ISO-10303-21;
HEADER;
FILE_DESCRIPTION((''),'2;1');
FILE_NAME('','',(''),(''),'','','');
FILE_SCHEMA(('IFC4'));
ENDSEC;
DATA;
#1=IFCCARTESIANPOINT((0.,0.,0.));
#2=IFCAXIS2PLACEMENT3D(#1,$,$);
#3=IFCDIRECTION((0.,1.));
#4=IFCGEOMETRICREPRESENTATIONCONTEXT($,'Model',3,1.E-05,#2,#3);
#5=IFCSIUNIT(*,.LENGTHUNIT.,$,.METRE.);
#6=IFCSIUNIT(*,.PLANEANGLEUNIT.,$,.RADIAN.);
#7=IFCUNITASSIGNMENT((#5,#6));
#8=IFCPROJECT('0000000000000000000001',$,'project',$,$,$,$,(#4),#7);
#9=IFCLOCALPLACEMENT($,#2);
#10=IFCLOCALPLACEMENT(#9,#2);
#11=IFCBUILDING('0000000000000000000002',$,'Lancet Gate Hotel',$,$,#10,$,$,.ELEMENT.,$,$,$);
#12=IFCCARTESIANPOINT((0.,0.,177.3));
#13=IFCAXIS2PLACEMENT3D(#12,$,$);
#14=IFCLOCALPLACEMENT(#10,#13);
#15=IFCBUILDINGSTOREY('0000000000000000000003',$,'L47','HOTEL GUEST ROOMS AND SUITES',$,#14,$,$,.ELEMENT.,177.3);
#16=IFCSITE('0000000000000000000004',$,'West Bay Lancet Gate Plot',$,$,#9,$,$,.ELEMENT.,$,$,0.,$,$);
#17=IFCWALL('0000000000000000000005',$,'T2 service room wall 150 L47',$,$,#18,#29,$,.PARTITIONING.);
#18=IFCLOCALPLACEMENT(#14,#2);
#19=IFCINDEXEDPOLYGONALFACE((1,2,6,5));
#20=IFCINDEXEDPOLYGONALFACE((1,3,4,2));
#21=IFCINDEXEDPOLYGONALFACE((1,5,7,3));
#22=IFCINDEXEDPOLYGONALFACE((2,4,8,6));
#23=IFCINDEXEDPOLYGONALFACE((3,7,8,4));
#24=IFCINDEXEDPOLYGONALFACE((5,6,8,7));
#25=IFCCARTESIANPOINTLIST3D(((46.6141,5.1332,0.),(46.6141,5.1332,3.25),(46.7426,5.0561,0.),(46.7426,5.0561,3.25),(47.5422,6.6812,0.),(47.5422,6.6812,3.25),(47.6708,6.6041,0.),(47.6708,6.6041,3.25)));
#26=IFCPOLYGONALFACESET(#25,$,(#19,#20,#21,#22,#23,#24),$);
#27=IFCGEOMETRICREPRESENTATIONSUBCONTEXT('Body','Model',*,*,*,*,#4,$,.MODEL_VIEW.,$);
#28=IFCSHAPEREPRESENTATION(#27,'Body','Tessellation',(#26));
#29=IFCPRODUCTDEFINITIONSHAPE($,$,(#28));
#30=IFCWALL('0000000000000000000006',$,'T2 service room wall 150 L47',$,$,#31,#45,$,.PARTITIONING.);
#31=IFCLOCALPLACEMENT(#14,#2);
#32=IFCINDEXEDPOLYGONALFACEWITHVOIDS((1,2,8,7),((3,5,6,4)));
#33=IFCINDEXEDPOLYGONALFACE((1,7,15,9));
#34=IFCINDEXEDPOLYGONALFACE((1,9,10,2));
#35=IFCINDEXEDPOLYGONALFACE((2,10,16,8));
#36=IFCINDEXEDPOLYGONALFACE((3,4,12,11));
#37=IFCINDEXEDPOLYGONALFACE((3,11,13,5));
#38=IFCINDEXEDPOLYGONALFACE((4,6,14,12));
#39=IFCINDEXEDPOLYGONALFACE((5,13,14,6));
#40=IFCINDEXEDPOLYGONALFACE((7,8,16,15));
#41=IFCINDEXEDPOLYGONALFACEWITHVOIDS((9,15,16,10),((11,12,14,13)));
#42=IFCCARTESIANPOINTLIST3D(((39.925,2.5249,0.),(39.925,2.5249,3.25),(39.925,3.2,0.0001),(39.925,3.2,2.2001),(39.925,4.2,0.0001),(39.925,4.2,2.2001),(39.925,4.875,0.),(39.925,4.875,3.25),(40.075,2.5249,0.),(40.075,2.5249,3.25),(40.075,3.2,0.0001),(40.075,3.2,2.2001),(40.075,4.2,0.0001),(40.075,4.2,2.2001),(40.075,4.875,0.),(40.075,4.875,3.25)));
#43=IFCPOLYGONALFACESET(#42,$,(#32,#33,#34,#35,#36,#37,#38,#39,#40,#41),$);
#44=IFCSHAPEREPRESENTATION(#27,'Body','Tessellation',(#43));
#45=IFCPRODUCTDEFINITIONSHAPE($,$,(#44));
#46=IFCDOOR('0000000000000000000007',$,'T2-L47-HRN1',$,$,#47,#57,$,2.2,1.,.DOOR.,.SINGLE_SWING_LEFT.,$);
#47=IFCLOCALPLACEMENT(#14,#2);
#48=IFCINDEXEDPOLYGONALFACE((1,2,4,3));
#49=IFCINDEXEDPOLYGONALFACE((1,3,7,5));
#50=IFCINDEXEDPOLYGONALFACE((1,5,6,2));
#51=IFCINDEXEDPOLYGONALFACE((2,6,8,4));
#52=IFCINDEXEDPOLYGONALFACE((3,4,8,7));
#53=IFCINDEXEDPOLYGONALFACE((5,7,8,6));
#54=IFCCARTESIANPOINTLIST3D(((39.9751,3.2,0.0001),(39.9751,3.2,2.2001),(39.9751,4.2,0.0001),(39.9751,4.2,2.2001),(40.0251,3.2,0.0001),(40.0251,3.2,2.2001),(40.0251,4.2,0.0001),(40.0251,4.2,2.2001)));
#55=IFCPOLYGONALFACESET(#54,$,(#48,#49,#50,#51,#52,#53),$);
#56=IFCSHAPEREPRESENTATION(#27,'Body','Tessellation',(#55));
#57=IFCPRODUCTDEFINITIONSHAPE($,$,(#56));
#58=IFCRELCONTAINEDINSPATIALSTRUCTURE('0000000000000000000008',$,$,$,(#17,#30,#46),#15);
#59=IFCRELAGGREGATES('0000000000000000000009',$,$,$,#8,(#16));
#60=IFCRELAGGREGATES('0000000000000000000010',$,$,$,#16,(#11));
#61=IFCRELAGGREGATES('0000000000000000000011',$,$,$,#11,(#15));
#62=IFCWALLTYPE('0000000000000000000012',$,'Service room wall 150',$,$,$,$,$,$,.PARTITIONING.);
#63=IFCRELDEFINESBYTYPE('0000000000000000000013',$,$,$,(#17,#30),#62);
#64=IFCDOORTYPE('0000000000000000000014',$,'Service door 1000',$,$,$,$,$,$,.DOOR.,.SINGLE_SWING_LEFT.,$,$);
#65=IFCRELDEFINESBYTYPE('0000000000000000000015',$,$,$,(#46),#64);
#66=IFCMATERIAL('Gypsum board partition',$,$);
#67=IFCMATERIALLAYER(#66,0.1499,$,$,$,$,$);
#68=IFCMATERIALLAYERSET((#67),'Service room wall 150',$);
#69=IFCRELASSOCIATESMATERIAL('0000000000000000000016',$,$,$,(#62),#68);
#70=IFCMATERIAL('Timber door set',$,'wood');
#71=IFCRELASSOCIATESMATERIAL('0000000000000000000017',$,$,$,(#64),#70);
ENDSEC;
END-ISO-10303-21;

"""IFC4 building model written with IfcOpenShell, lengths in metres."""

from ifc_helpers import new_model, si_unit, direction, frame, frame_2d, origin, place, context, subcontext, project, spatial, rectangle, extrude, material, layer, layer_set, type_object, element, fill, save


model = new_model("IFC4")

# Units and contexts
model_context = context("Model", 3, precision=1e-05, world=origin(), true_north=direction((0.0, 1.0)))
body_context = subcontext(model_context, "Body", "Model", "MODEL_VIEW")
ifc_project = project(units=[si_unit("LENGTHUNIT", "METRE"), si_unit("PLANEANGLEUNIT", "RADIAN")], contexts=[model_context])

# Site, building, storey
site_placement = place(None, origin())
site = spatial("IfcSite", under=ifc_project, at=site_placement, Name="West Bay Lancet Gate Plot", CompositionType="ELEMENT", RefElevation=0.0)
building_placement = place(site_placement, origin())
building = spatial("IfcBuilding", under=site, at=building_placement, Name="Lancet Gate Hotel", CompositionType="ELEMENT")
storey_placement = place(building_placement, frame((0.0, 0.0, 177.3)))
storey = spatial("IfcBuildingStorey", under=building, at=storey_placement, Name="L47", Description="HOTEL GUEST ROOMS AND SUITES", CompositionType="ELEMENT", Elevation=177.3)

# Wall
ifc_material_1 = material(Name="Gypsum board partition")
ifc_layer_1 = layer(ifc_material_1, 0.1499)
ifc_layer_set_1 = layer_set([ifc_layer_1], Name="Service room wall 150")
wall_type_1 = type_object("IfcWallType", Name="Service room wall 150", PredefinedType="PARTITIONING", material=ifc_layer_set_1)
wall_1_placement = place(storey_placement, frame((47.6064, 6.6426, 0.0), z_axis=(0.0, 0.0, 1.0), x_axis=(-0.514237, -0.857648, 0.0)))
element("IfcWall", 1, at=wall_1_placement, inside=storey, type_object=wall_type_1, Name="T2 service room wall 150 L47", PredefinedType="PARTITIONING", context=body_context, shape_type="SweptSolid", body=[
    extrude(rectangle(XDim=1.8049, YDim=0.1499, at=frame_2d((0.9023, 0.0))), origin(), (0.0, 0.0, 1.0), 3.25),
])

# Wall, opening, door
wall_2_placement = place(storey_placement, frame((40.0, 2.5249, 0.0), z_axis=(0.0, 0.0, 1.0), x_axis=(0.0, 1.0, 0.0)))
wall_2 = element("IfcWall", 2, at=wall_2_placement, inside=storey, type_object=wall_type_1, Name="T2 service room wall 150 L47", PredefinedType="PARTITIONING", context=body_context, shape_type="SweptSolid", body=[
    extrude(rectangle(XDim=2.3501, YDim=0.1499, at=frame_2d((1.175, 0.0))), origin(), (0.0, 0.0, 1.0), 3.25),
])
opening_1_placement = place(wall_2_placement, frame((0.675, 0.0, 0.0)))
opening_1 = element("IfcOpeningElement", 3, at=opening_1_placement, cuts=wall_2, PredefinedType="OPENING", context=body_context, shape_type="SweptSolid", body=[
    extrude(rectangle(XDim=1.0, YDim=2.2, at=frame_2d((0.5, 1.1001))), frame((0.0, 0.085, 0.0), z_axis=(0.0, -1.0, 0.0), x_axis=(1.0, 0.0, 0.0)), (0.0, 0.0, 1.0), 0.1699),
])
ifc_material_2 = material(Name="Timber door set", Category="wood")
door_type_1 = type_object("IfcDoorType", Name="Service door 1000", OperationType="SINGLE_SWING_LEFT", PredefinedType="DOOR", material=ifc_material_2)
door_1_placement = place(opening_1_placement, origin())
door_1 = element("IfcDoor", 4, at=door_1_placement, inside=storey, type_object=door_type_1, Name="T2-L47-HRN1", OperationType="SINGLE_SWING_LEFT", OverallHeight=2.2, OverallWidth=1.0, PredefinedType="DOOR", context=body_context, shape_type="SweptSolid", body=[
    extrude(rectangle(XDim=1.0, YDim=2.2, at=frame_2d((0.5, 1.1001))), frame((0.0, 0.0249, 0.0), z_axis=(0.0, -1.0, 0.0), x_axis=(1.0, 0.0, 0.0)), (0.0, 0.0, 1.0), 0.05),
])
fill(opening_1, door_1)

save(model, "model.ifc")
